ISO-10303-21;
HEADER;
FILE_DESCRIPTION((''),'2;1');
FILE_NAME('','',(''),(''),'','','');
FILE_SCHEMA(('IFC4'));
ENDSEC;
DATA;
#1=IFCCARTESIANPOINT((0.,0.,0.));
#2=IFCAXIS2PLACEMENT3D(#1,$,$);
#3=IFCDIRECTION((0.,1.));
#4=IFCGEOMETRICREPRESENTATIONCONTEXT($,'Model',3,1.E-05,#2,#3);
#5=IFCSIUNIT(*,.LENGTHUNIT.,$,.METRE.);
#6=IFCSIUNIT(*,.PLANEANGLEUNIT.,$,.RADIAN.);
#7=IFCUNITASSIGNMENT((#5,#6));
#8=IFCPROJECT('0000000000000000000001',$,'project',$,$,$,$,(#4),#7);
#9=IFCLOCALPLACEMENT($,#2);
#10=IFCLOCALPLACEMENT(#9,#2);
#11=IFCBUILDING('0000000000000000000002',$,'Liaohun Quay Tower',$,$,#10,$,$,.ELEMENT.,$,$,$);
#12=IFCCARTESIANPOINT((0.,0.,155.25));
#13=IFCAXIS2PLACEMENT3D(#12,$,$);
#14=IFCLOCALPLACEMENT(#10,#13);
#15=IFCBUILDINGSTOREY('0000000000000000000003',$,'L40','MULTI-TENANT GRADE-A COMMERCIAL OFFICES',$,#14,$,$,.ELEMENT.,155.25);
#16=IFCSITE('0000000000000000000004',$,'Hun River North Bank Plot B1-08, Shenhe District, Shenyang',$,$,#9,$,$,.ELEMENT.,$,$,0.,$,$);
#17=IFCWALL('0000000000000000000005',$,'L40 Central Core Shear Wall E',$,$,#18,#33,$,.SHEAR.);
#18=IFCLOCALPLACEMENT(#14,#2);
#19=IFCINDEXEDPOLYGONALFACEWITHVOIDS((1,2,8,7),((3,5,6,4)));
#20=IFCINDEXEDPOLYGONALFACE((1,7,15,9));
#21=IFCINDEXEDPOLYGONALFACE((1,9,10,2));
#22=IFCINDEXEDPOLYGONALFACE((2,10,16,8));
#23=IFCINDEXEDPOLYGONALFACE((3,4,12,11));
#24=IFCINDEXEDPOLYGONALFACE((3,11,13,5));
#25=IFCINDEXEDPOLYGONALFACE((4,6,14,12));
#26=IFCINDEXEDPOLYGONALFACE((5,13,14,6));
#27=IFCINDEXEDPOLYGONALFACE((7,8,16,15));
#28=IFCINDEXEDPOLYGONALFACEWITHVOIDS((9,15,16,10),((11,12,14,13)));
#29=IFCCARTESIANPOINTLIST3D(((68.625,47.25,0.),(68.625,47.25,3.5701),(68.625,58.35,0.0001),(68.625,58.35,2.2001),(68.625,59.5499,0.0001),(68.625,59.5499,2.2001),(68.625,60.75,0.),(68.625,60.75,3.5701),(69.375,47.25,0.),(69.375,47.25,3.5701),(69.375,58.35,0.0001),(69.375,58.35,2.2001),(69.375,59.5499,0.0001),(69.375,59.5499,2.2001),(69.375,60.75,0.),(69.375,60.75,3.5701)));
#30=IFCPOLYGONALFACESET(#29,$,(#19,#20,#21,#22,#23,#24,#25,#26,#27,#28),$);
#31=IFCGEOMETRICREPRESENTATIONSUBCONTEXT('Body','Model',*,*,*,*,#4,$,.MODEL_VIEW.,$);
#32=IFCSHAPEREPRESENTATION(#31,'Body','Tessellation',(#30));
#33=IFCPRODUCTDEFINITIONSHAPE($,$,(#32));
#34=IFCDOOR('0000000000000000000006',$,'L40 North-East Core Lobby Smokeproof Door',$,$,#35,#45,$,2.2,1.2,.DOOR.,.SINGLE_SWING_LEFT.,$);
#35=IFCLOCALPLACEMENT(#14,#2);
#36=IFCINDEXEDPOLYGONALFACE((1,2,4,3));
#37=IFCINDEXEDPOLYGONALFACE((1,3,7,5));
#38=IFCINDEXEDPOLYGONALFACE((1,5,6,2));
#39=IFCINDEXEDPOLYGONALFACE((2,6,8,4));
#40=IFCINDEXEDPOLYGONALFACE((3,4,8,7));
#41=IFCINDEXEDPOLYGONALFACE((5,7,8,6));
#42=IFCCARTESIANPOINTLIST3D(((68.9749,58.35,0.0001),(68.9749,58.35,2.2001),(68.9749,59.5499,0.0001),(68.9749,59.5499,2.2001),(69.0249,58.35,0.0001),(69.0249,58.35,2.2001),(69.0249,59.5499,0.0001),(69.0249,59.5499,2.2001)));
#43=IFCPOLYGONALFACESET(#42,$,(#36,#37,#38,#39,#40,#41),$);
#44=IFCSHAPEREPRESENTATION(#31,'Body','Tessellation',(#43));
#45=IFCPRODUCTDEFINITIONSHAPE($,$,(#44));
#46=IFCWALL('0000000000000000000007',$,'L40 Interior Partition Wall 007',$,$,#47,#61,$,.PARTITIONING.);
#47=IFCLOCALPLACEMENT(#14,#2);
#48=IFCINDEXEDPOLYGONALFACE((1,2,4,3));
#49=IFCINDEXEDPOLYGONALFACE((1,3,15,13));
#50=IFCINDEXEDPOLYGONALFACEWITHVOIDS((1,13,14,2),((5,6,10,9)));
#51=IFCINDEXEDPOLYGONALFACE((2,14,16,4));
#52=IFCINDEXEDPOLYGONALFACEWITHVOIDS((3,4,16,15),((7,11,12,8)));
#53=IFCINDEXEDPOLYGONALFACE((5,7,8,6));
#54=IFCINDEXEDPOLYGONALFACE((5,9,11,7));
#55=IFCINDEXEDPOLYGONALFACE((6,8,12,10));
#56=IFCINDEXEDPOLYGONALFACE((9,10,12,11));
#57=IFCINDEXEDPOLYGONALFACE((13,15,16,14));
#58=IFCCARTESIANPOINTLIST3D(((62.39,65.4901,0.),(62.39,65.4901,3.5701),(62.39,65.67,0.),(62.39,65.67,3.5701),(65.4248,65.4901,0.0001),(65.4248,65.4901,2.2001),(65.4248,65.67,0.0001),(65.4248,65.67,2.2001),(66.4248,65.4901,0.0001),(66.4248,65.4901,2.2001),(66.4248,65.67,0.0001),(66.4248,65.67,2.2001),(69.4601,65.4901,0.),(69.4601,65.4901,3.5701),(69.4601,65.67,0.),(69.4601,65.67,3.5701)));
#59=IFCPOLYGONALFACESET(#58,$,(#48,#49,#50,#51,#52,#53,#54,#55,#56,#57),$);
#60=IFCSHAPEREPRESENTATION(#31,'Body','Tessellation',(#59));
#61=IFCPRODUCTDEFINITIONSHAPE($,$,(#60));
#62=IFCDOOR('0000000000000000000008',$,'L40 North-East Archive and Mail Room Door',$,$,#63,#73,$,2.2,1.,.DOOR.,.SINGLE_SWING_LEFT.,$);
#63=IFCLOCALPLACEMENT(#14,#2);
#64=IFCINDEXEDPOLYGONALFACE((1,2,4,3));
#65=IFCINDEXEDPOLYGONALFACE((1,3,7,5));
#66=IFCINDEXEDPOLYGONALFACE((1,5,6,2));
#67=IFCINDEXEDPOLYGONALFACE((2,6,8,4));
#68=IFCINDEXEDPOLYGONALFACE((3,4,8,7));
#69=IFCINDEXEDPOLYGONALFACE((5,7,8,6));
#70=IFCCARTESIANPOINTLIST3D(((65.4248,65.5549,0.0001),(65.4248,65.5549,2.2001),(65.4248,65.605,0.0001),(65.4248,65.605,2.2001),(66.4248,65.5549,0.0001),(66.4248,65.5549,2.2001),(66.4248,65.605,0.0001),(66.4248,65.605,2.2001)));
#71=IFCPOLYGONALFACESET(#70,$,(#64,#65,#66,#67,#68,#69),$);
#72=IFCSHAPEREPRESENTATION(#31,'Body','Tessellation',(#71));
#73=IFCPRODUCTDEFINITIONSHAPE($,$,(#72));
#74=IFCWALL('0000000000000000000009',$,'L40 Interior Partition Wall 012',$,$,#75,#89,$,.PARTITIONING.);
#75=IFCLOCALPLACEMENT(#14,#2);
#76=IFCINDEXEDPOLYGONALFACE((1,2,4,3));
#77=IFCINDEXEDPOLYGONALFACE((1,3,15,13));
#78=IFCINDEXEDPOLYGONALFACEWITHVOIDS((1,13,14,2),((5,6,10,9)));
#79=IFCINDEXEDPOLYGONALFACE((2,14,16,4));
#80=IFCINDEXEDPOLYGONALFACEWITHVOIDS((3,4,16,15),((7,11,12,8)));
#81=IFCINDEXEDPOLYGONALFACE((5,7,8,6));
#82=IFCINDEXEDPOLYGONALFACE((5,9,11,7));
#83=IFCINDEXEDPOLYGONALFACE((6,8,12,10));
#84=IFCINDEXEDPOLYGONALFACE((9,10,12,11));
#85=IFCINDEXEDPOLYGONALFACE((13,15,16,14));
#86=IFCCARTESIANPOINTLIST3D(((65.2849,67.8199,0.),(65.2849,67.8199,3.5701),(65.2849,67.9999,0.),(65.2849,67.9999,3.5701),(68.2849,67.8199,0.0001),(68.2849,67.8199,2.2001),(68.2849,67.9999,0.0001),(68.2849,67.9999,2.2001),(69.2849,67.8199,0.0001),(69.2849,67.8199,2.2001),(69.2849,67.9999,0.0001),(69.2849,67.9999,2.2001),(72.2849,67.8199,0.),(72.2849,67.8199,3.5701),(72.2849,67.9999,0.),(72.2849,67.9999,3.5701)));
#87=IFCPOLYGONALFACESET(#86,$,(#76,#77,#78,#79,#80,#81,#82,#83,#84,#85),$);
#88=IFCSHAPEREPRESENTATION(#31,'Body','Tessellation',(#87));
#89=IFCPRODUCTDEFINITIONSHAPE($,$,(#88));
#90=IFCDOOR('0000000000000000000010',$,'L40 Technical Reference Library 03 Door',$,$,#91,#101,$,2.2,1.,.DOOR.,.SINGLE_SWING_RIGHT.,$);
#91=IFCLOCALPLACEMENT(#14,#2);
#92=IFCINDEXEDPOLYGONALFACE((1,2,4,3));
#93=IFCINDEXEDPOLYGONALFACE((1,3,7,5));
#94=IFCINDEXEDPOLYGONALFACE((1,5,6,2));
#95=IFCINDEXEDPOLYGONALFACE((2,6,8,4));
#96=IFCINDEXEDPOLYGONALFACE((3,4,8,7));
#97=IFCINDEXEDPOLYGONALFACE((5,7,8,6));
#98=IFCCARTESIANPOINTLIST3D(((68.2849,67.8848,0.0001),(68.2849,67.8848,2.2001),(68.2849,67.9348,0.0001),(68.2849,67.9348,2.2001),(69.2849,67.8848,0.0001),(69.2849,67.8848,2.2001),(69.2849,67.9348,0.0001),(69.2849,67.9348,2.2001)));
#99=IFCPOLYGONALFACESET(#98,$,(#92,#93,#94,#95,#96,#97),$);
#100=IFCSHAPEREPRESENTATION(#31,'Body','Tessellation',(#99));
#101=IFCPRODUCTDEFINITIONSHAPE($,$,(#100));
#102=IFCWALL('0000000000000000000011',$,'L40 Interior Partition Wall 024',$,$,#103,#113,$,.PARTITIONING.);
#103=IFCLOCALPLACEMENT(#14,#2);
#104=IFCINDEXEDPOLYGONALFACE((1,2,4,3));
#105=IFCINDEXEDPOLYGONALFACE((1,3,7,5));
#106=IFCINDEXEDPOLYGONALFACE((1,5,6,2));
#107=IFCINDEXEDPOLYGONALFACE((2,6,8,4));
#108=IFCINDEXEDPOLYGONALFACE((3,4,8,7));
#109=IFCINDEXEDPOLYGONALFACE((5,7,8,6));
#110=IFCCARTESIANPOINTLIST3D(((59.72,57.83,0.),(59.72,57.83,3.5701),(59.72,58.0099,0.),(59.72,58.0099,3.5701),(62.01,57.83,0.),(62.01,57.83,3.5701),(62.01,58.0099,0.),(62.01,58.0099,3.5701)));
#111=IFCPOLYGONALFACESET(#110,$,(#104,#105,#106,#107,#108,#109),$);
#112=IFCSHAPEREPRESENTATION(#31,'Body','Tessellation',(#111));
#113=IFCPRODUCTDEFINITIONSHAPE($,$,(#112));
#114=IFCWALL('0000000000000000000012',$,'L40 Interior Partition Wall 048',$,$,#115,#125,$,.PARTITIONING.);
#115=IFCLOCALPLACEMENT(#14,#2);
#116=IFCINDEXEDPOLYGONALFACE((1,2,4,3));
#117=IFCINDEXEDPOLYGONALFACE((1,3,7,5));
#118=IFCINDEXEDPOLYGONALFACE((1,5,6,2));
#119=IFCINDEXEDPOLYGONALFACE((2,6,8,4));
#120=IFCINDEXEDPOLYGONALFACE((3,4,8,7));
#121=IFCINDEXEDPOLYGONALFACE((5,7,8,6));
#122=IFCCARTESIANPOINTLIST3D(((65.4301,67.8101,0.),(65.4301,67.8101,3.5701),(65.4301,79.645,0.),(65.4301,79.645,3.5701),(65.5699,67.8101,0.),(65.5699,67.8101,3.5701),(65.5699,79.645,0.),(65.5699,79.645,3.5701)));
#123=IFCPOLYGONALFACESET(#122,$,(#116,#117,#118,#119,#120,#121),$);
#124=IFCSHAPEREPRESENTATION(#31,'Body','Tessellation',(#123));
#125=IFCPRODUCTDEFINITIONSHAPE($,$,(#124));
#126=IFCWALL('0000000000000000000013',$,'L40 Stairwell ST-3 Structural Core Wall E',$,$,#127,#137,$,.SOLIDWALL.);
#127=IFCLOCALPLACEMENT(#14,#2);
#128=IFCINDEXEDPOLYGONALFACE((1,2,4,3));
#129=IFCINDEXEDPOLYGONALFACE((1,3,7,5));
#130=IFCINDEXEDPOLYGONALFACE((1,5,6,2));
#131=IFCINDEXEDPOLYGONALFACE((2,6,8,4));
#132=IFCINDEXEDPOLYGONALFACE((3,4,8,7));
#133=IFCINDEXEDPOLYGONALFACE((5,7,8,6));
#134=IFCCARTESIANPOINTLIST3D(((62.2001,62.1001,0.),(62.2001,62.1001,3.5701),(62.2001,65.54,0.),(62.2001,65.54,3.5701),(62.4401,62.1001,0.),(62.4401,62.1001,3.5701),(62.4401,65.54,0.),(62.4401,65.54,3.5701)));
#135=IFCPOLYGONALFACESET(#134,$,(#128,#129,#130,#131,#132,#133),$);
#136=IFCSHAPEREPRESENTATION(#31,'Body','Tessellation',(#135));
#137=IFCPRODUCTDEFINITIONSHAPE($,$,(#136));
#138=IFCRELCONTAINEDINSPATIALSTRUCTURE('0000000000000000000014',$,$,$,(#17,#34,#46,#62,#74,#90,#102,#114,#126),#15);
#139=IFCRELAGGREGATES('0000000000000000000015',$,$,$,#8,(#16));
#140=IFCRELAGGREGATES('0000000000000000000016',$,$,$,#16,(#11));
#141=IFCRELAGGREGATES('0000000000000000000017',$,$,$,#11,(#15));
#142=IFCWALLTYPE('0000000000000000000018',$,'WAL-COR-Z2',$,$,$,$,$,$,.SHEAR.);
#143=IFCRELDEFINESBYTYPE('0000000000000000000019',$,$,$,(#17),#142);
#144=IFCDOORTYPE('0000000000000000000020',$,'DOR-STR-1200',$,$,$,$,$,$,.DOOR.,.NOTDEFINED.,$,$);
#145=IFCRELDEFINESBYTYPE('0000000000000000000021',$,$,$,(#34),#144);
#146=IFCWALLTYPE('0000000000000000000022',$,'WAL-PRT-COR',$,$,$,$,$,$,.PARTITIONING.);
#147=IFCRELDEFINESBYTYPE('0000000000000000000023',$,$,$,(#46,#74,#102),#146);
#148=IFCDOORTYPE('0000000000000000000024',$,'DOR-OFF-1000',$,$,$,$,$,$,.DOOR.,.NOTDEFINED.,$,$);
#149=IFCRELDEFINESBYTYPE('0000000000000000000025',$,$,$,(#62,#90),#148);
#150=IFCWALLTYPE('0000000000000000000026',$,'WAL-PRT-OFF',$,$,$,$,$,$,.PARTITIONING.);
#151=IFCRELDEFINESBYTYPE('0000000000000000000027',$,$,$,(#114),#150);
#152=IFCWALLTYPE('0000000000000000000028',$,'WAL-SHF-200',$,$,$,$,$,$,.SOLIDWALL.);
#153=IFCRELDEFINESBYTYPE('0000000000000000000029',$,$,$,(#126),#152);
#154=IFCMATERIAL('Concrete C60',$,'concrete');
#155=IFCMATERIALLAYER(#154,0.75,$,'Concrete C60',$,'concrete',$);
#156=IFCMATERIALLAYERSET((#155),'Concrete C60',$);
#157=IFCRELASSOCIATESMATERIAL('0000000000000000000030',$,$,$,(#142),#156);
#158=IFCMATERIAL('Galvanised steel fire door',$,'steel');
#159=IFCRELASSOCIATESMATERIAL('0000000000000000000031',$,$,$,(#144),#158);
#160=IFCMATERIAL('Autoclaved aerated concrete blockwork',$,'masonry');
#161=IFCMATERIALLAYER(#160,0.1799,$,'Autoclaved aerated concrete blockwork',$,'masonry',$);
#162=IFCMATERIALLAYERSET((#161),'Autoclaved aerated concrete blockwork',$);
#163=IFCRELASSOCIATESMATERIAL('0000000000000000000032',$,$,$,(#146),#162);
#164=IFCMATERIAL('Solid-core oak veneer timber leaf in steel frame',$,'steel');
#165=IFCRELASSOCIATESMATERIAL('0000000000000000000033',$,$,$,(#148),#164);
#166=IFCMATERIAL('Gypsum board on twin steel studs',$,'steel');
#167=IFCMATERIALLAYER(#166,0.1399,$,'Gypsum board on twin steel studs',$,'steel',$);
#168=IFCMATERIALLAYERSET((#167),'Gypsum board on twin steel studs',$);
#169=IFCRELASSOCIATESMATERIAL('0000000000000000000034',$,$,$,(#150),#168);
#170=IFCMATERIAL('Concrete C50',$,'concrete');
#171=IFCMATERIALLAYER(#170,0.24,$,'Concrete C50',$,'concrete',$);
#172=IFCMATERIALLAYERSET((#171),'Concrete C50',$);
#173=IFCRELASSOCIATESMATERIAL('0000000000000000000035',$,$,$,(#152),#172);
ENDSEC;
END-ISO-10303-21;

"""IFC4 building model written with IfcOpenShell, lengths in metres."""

from ifc_helpers import new_model, si_unit, direction, frame, frame_2d, origin, place, context, subcontext, project, spatial, rectangle, extrude, source, transform, mapped, material, layer, layer_set, type_object, element, fill, save


model = new_model("IFC4")

# Units and contexts
model_context = context("Model", 3, precision=1e-05, world=origin(), true_north=direction((0.0, 1.0)))
body_context = subcontext(model_context, "Body", "Model", "MODEL_VIEW")
ifc_project = project(units=[si_unit("LENGTHUNIT", "METRE"), si_unit("PLANEANGLEUNIT", "RADIAN")], contexts=[model_context])

# Site, building, storey
site_placement = place(None, origin())
site = spatial("IfcSite", under=ifc_project, at=site_placement, Name="Hun River North Bank Plot B1-08, Shenhe District, Shenyang", CompositionType="ELEMENT", RefElevation=0.0)
building_placement = place(site_placement, origin())
building = spatial("IfcBuilding", under=site, at=building_placement, Name="Liaohun Quay Tower", CompositionType="ELEMENT")
storey_placement = place(building_placement, frame((0.0, 0.0, 155.25)))
storey = spatial("IfcBuildingStorey", under=building, at=storey_placement, Name="L40", Description="MULTI-TENANT GRADE-A COMMERCIAL OFFICES", CompositionType="ELEMENT", Elevation=155.25)

# Shared definitions
ifc_material_1 = material(Name="Concrete C60", Category="concrete")

# Shared definitions
ifc_layer_1 = layer(ifc_material_1, 0.75, Name="Concrete C60", Category="concrete")
ifc_layer_set_1 = layer_set([ifc_layer_1], Name="Concrete C60")
wall_type_1 = type_object("IfcWallType", Name="WAL-COR-Z2", PredefinedType="SHEAR", material=ifc_layer_set_1)

# Walls, openings, doors
wall_1_placement = place(storey_placement, frame((69.0, 60.75, 0.0), z_axis=(0.0, 0.0, 1.0), x_axis=(0.0, -1.0, 0.0)))
wall_1 = element("IfcWall", 1, at=wall_1_placement, inside=storey, type_object=wall_type_1, Name="L40 Central Core Shear Wall E", PredefinedType="SHEAR", context=body_context, shape_type="SweptSolid", body=[
    extrude(rectangle(XDim=13.5, YDim=0.75, at=frame_2d((6.75, 0.0))), origin(), (0.0, 0.0, 1.0), 3.5701),
])
shared_shape_1 = source(origin(), body_context, "Body", "SweptSolid", [
    extrude(rectangle(XDim=1.2, YDim=2.2, at=frame_2d((0.6001, 1.1001))), frame((0.0, 0.385, 0.0), z_axis=(0.0, -1.0, 0.0), x_axis=(1.0, 0.0, 0.0)), (0.0, 0.0, 1.0), 0.77),
])
opening_1_placement = place(wall_1_placement, frame((1.2, 0.0, 0.0)))
opening_1 = element("IfcOpeningElement", 2, at=opening_1_placement, cuts=wall_1, PredefinedType="OPENING", context=body_context, shape_type="MappedRepresentation", body=[
    mapped(shared_shape_1, transform((0.0, 0.0, 0.0), x_axis=(1.0, 0.0, 0.0), y_axis=(0.0, 1.0, 0.0), z_axis=(0.0, 0.0, 1.0), scale=1.0)),
])
ifc_material_2 = material(Name="Galvanised steel fire door", Category="steel")
door_type_1 = type_object("IfcDoorType", Name="DOR-STR-1200", OperationType="NOTDEFINED", PredefinedType="DOOR", material=ifc_material_2)
shared_shape_2 = source(origin(), body_context, "Body", "SweptSolid", [
    extrude(rectangle(XDim=1.2, YDim=2.2, at=frame_2d((0.6001, 1.1001))), frame((0.0, 0.0249, 0.0), z_axis=(0.0, -1.0, 0.0), x_axis=(1.0, 0.0, 0.0)), (0.0, 0.0, 1.0), 0.05),
])
door_1_placement = place(opening_1_placement, origin())
door_1 = element("IfcDoor", 3, at=door_1_placement, inside=storey, type_object=door_type_1, Name="L40 North-East Core Lobby Smokeproof Door", OperationType="SINGLE_SWING_LEFT", OverallHeight=2.2, OverallWidth=1.2, PredefinedType="DOOR", context=body_context, shape_type="MappedRepresentation", body=[
    mapped(shared_shape_2, transform((0.0, 0.0, 0.0), x_axis=(1.0, 0.0, 0.0), y_axis=(0.0, 1.0, 0.0), z_axis=(0.0, 0.0, 1.0), scale=1.0)),
])
fill(opening_1, door_1)
ifc_material_3 = material(Name="Autoclaved aerated concrete blockwork", Category="masonry")
ifc_layer_2 = layer(ifc_material_3, 0.1799, Name="Autoclaved aerated concrete blockwork", Category="masonry")
ifc_layer_set_2 = layer_set([ifc_layer_2], Name="Autoclaved aerated concrete blockwork")
wall_type_2 = type_object("IfcWallType", Name="WAL-PRT-COR", PredefinedType="PARTITIONING", material=ifc_layer_set_2)
wall_2_placement = place(storey_placement, frame((62.3899, 65.5801, 0.0), z_axis=(0.0, 0.0, 1.0), x_axis=(1.0, 0.0, 0.0)))
wall_2 = element("IfcWall", 4, at=wall_2_placement, inside=storey, type_object=wall_type_2, Name="L40 Interior Partition Wall 007", PredefinedType="PARTITIONING", context=body_context, shape_type="SweptSolid", body=[
    extrude(rectangle(XDim=7.0701, YDim=0.1799, at=frame_2d((3.5352, 0.0))), origin(), (0.0, 0.0, 1.0), 3.5701),
])
shared_shape_3 = source(origin(), body_context, "Body", "SweptSolid", [
    extrude(rectangle(XDim=1.0, YDim=2.2, at=frame_2d((0.5, 1.1001))), frame((0.0, 0.0999, 0.0), z_axis=(0.0, -1.0, 0.0), x_axis=(1.0, 0.0, 0.0)), (0.0, 0.0, 1.0), 0.2),
])
opening_2_placement = place(wall_2_placement, frame((3.0349, 0.0, 0.0)))
opening_2 = element("IfcOpeningElement", 5, at=opening_2_placement, cuts=wall_2, PredefinedType="OPENING", context=body_context, shape_type="MappedRepresentation", body=[
    mapped(shared_shape_3, transform((0.0, 0.0, 0.0), x_axis=(1.0, 0.0, 0.0), y_axis=(0.0, 1.0, 0.0), z_axis=(0.0, 0.0, 1.0), scale=1.0)),
])
ifc_material_4 = material(Name="Solid-core oak veneer timber leaf in steel frame", Category="steel")
door_type_2 = type_object("IfcDoorType", Name="DOR-OFF-1000", OperationType="NOTDEFINED", PredefinedType="DOOR", material=ifc_material_4)
shared_shape_4 = source(origin(), body_context, "Body", "SweptSolid", [
    extrude(rectangle(XDim=1.0, YDim=2.2, at=frame_2d((0.5, 1.1001))), frame((0.0, 0.0249, 0.0), z_axis=(0.0, -1.0, 0.0), x_axis=(1.0, 0.0, 0.0)), (0.0, 0.0, 1.0), 0.05),
])
door_2_placement = place(opening_2_placement, origin())
door_2 = element("IfcDoor", 6, at=door_2_placement, inside=storey, type_object=door_type_2, Name="L40 North-East Archive and Mail Room Door", OperationType="SINGLE_SWING_LEFT", OverallHeight=2.2, OverallWidth=1.0, PredefinedType="DOOR", context=body_context, shape_type="MappedRepresentation", body=[
    mapped(shared_shape_4, transform((0.0, 0.0, 0.0), x_axis=(1.0, 0.0, 0.0), y_axis=(0.0, 1.0, 0.0), z_axis=(0.0, 0.0, 1.0), scale=1.0)),
])
fill(opening_2, door_2)
wall_3_placement = place(storey_placement, frame((65.2849, 67.9099, 0.0), z_axis=(0.0, 0.0, 1.0), x_axis=(1.0, 0.0, 0.0)))
wall_3 = element("IfcWall", 7, at=wall_3_placement, inside=storey, type_object=wall_type_2, Name="L40 Interior Partition Wall 012", PredefinedType="PARTITIONING", context=body_context, shape_type="SweptSolid", body=[
    extrude(rectangle(XDim=7.0, YDim=0.1799, at=frame_2d((3.5, 0.0))), origin(), (0.0, 0.0, 1.0), 3.5701),
])
opening_3_placement = place(wall_3_placement, frame((3.0, 0.0, 0.0)))
opening_3 = element("IfcOpeningElement", 8, at=opening_3_placement, cuts=wall_3, PredefinedType="OPENING", context=body_context, shape_type="MappedRepresentation", body=[
    mapped(shared_shape_3, transform((0.0, 0.0, 0.0), x_axis=(1.0, 0.0, 0.0), y_axis=(0.0, 1.0, 0.0), z_axis=(0.0, 0.0, 1.0), scale=1.0)),
])
door_3_placement = place(opening_3_placement, origin())
door_3 = element("IfcDoor", 9, at=door_3_placement, inside=storey, type_object=door_type_2, Name="L40 Technical Reference Library 03 Door", OperationType="SINGLE_SWING_RIGHT", OverallHeight=2.2, OverallWidth=1.0, PredefinedType="DOOR", context=body_context, shape_type="MappedRepresentation", body=[
    mapped(shared_shape_4, transform((0.0, 0.0, 0.0), x_axis=(1.0, 0.0, 0.0), y_axis=(0.0, 1.0, 0.0), z_axis=(0.0, 0.0, 1.0), scale=1.0)),
])
fill(opening_3, door_3)

# Walls
wall_4_placement = place(storey_placement, frame((59.72, 57.9199, 0.0), z_axis=(0.0, 0.0, 1.0), x_axis=(1.0, 0.0, 0.0)))
element("IfcWall", 10, at=wall_4_placement, inside=storey, type_object=wall_type_2, Name="L40 Interior Partition Wall 024", PredefinedType="PARTITIONING", context=body_context, shape_type="SweptSolid", body=[
    extrude(rectangle(XDim=2.29, YDim=0.1799, at=frame_2d((1.145, 0.0))), origin(), (0.0, 0.0, 1.0), 3.5701),
])
ifc_material_5 = material(Name="Gypsum board on twin steel studs", Category="steel")
ifc_layer_3 = layer(ifc_material_5, 0.1399, Name="Gypsum board on twin steel studs", Category="steel")
ifc_layer_set_3 = layer_set([ifc_layer_3], Name="Gypsum board on twin steel studs")
wall_type_3 = type_object("IfcWallType", Name="WAL-PRT-OFF", PredefinedType="PARTITIONING", material=ifc_layer_set_3)
wall_5_placement = place(storey_placement, frame((65.5, 67.8101, 0.0), z_axis=(0.0, 0.0, 1.0), x_axis=(0.0, 1.0, 0.0)))
element("IfcWall", 11, at=wall_5_placement, inside=storey, type_object=wall_type_3, Name="L40 Interior Partition Wall 048", PredefinedType="PARTITIONING", context=body_context, shape_type="SweptSolid", body=[
    extrude(rectangle(XDim=11.835, YDim=0.1399, at=frame_2d((5.9175, 0.0))), origin(), (0.0, 0.0, 1.0), 3.5701),
])
ifc_material_6 = material(Name="Concrete C50", Category="concrete")
ifc_layer_4 = layer(ifc_material_6, 0.24, Name="Concrete C50", Category="concrete")
ifc_layer_set_4 = layer_set([ifc_layer_4], Name="Concrete C50")
wall_type_4 = type_object("IfcWallType", Name="WAL-SHF-200", PredefinedType="SOLIDWALL", material=ifc_layer_set_4)
wall_6_placement = place(storey_placement, frame((62.3201, 62.1001, 0.0), z_axis=(0.0, 0.0, 1.0), x_axis=(0.0, 1.0, 0.0)))
element("IfcWall", 12, at=wall_6_placement, inside=storey, type_object=wall_type_4, Name="L40 Stairwell ST-3 Structural Core Wall E", PredefinedType="SOLIDWALL", context=body_context, shape_type="SweptSolid", body=[
    extrude(rectangle(XDim=3.4399, YDim=0.24, at=frame_2d((1.72, 0.0))), origin(), (0.0, 0.0, 1.0), 3.5701),
])

save(model, "model.ifc")
